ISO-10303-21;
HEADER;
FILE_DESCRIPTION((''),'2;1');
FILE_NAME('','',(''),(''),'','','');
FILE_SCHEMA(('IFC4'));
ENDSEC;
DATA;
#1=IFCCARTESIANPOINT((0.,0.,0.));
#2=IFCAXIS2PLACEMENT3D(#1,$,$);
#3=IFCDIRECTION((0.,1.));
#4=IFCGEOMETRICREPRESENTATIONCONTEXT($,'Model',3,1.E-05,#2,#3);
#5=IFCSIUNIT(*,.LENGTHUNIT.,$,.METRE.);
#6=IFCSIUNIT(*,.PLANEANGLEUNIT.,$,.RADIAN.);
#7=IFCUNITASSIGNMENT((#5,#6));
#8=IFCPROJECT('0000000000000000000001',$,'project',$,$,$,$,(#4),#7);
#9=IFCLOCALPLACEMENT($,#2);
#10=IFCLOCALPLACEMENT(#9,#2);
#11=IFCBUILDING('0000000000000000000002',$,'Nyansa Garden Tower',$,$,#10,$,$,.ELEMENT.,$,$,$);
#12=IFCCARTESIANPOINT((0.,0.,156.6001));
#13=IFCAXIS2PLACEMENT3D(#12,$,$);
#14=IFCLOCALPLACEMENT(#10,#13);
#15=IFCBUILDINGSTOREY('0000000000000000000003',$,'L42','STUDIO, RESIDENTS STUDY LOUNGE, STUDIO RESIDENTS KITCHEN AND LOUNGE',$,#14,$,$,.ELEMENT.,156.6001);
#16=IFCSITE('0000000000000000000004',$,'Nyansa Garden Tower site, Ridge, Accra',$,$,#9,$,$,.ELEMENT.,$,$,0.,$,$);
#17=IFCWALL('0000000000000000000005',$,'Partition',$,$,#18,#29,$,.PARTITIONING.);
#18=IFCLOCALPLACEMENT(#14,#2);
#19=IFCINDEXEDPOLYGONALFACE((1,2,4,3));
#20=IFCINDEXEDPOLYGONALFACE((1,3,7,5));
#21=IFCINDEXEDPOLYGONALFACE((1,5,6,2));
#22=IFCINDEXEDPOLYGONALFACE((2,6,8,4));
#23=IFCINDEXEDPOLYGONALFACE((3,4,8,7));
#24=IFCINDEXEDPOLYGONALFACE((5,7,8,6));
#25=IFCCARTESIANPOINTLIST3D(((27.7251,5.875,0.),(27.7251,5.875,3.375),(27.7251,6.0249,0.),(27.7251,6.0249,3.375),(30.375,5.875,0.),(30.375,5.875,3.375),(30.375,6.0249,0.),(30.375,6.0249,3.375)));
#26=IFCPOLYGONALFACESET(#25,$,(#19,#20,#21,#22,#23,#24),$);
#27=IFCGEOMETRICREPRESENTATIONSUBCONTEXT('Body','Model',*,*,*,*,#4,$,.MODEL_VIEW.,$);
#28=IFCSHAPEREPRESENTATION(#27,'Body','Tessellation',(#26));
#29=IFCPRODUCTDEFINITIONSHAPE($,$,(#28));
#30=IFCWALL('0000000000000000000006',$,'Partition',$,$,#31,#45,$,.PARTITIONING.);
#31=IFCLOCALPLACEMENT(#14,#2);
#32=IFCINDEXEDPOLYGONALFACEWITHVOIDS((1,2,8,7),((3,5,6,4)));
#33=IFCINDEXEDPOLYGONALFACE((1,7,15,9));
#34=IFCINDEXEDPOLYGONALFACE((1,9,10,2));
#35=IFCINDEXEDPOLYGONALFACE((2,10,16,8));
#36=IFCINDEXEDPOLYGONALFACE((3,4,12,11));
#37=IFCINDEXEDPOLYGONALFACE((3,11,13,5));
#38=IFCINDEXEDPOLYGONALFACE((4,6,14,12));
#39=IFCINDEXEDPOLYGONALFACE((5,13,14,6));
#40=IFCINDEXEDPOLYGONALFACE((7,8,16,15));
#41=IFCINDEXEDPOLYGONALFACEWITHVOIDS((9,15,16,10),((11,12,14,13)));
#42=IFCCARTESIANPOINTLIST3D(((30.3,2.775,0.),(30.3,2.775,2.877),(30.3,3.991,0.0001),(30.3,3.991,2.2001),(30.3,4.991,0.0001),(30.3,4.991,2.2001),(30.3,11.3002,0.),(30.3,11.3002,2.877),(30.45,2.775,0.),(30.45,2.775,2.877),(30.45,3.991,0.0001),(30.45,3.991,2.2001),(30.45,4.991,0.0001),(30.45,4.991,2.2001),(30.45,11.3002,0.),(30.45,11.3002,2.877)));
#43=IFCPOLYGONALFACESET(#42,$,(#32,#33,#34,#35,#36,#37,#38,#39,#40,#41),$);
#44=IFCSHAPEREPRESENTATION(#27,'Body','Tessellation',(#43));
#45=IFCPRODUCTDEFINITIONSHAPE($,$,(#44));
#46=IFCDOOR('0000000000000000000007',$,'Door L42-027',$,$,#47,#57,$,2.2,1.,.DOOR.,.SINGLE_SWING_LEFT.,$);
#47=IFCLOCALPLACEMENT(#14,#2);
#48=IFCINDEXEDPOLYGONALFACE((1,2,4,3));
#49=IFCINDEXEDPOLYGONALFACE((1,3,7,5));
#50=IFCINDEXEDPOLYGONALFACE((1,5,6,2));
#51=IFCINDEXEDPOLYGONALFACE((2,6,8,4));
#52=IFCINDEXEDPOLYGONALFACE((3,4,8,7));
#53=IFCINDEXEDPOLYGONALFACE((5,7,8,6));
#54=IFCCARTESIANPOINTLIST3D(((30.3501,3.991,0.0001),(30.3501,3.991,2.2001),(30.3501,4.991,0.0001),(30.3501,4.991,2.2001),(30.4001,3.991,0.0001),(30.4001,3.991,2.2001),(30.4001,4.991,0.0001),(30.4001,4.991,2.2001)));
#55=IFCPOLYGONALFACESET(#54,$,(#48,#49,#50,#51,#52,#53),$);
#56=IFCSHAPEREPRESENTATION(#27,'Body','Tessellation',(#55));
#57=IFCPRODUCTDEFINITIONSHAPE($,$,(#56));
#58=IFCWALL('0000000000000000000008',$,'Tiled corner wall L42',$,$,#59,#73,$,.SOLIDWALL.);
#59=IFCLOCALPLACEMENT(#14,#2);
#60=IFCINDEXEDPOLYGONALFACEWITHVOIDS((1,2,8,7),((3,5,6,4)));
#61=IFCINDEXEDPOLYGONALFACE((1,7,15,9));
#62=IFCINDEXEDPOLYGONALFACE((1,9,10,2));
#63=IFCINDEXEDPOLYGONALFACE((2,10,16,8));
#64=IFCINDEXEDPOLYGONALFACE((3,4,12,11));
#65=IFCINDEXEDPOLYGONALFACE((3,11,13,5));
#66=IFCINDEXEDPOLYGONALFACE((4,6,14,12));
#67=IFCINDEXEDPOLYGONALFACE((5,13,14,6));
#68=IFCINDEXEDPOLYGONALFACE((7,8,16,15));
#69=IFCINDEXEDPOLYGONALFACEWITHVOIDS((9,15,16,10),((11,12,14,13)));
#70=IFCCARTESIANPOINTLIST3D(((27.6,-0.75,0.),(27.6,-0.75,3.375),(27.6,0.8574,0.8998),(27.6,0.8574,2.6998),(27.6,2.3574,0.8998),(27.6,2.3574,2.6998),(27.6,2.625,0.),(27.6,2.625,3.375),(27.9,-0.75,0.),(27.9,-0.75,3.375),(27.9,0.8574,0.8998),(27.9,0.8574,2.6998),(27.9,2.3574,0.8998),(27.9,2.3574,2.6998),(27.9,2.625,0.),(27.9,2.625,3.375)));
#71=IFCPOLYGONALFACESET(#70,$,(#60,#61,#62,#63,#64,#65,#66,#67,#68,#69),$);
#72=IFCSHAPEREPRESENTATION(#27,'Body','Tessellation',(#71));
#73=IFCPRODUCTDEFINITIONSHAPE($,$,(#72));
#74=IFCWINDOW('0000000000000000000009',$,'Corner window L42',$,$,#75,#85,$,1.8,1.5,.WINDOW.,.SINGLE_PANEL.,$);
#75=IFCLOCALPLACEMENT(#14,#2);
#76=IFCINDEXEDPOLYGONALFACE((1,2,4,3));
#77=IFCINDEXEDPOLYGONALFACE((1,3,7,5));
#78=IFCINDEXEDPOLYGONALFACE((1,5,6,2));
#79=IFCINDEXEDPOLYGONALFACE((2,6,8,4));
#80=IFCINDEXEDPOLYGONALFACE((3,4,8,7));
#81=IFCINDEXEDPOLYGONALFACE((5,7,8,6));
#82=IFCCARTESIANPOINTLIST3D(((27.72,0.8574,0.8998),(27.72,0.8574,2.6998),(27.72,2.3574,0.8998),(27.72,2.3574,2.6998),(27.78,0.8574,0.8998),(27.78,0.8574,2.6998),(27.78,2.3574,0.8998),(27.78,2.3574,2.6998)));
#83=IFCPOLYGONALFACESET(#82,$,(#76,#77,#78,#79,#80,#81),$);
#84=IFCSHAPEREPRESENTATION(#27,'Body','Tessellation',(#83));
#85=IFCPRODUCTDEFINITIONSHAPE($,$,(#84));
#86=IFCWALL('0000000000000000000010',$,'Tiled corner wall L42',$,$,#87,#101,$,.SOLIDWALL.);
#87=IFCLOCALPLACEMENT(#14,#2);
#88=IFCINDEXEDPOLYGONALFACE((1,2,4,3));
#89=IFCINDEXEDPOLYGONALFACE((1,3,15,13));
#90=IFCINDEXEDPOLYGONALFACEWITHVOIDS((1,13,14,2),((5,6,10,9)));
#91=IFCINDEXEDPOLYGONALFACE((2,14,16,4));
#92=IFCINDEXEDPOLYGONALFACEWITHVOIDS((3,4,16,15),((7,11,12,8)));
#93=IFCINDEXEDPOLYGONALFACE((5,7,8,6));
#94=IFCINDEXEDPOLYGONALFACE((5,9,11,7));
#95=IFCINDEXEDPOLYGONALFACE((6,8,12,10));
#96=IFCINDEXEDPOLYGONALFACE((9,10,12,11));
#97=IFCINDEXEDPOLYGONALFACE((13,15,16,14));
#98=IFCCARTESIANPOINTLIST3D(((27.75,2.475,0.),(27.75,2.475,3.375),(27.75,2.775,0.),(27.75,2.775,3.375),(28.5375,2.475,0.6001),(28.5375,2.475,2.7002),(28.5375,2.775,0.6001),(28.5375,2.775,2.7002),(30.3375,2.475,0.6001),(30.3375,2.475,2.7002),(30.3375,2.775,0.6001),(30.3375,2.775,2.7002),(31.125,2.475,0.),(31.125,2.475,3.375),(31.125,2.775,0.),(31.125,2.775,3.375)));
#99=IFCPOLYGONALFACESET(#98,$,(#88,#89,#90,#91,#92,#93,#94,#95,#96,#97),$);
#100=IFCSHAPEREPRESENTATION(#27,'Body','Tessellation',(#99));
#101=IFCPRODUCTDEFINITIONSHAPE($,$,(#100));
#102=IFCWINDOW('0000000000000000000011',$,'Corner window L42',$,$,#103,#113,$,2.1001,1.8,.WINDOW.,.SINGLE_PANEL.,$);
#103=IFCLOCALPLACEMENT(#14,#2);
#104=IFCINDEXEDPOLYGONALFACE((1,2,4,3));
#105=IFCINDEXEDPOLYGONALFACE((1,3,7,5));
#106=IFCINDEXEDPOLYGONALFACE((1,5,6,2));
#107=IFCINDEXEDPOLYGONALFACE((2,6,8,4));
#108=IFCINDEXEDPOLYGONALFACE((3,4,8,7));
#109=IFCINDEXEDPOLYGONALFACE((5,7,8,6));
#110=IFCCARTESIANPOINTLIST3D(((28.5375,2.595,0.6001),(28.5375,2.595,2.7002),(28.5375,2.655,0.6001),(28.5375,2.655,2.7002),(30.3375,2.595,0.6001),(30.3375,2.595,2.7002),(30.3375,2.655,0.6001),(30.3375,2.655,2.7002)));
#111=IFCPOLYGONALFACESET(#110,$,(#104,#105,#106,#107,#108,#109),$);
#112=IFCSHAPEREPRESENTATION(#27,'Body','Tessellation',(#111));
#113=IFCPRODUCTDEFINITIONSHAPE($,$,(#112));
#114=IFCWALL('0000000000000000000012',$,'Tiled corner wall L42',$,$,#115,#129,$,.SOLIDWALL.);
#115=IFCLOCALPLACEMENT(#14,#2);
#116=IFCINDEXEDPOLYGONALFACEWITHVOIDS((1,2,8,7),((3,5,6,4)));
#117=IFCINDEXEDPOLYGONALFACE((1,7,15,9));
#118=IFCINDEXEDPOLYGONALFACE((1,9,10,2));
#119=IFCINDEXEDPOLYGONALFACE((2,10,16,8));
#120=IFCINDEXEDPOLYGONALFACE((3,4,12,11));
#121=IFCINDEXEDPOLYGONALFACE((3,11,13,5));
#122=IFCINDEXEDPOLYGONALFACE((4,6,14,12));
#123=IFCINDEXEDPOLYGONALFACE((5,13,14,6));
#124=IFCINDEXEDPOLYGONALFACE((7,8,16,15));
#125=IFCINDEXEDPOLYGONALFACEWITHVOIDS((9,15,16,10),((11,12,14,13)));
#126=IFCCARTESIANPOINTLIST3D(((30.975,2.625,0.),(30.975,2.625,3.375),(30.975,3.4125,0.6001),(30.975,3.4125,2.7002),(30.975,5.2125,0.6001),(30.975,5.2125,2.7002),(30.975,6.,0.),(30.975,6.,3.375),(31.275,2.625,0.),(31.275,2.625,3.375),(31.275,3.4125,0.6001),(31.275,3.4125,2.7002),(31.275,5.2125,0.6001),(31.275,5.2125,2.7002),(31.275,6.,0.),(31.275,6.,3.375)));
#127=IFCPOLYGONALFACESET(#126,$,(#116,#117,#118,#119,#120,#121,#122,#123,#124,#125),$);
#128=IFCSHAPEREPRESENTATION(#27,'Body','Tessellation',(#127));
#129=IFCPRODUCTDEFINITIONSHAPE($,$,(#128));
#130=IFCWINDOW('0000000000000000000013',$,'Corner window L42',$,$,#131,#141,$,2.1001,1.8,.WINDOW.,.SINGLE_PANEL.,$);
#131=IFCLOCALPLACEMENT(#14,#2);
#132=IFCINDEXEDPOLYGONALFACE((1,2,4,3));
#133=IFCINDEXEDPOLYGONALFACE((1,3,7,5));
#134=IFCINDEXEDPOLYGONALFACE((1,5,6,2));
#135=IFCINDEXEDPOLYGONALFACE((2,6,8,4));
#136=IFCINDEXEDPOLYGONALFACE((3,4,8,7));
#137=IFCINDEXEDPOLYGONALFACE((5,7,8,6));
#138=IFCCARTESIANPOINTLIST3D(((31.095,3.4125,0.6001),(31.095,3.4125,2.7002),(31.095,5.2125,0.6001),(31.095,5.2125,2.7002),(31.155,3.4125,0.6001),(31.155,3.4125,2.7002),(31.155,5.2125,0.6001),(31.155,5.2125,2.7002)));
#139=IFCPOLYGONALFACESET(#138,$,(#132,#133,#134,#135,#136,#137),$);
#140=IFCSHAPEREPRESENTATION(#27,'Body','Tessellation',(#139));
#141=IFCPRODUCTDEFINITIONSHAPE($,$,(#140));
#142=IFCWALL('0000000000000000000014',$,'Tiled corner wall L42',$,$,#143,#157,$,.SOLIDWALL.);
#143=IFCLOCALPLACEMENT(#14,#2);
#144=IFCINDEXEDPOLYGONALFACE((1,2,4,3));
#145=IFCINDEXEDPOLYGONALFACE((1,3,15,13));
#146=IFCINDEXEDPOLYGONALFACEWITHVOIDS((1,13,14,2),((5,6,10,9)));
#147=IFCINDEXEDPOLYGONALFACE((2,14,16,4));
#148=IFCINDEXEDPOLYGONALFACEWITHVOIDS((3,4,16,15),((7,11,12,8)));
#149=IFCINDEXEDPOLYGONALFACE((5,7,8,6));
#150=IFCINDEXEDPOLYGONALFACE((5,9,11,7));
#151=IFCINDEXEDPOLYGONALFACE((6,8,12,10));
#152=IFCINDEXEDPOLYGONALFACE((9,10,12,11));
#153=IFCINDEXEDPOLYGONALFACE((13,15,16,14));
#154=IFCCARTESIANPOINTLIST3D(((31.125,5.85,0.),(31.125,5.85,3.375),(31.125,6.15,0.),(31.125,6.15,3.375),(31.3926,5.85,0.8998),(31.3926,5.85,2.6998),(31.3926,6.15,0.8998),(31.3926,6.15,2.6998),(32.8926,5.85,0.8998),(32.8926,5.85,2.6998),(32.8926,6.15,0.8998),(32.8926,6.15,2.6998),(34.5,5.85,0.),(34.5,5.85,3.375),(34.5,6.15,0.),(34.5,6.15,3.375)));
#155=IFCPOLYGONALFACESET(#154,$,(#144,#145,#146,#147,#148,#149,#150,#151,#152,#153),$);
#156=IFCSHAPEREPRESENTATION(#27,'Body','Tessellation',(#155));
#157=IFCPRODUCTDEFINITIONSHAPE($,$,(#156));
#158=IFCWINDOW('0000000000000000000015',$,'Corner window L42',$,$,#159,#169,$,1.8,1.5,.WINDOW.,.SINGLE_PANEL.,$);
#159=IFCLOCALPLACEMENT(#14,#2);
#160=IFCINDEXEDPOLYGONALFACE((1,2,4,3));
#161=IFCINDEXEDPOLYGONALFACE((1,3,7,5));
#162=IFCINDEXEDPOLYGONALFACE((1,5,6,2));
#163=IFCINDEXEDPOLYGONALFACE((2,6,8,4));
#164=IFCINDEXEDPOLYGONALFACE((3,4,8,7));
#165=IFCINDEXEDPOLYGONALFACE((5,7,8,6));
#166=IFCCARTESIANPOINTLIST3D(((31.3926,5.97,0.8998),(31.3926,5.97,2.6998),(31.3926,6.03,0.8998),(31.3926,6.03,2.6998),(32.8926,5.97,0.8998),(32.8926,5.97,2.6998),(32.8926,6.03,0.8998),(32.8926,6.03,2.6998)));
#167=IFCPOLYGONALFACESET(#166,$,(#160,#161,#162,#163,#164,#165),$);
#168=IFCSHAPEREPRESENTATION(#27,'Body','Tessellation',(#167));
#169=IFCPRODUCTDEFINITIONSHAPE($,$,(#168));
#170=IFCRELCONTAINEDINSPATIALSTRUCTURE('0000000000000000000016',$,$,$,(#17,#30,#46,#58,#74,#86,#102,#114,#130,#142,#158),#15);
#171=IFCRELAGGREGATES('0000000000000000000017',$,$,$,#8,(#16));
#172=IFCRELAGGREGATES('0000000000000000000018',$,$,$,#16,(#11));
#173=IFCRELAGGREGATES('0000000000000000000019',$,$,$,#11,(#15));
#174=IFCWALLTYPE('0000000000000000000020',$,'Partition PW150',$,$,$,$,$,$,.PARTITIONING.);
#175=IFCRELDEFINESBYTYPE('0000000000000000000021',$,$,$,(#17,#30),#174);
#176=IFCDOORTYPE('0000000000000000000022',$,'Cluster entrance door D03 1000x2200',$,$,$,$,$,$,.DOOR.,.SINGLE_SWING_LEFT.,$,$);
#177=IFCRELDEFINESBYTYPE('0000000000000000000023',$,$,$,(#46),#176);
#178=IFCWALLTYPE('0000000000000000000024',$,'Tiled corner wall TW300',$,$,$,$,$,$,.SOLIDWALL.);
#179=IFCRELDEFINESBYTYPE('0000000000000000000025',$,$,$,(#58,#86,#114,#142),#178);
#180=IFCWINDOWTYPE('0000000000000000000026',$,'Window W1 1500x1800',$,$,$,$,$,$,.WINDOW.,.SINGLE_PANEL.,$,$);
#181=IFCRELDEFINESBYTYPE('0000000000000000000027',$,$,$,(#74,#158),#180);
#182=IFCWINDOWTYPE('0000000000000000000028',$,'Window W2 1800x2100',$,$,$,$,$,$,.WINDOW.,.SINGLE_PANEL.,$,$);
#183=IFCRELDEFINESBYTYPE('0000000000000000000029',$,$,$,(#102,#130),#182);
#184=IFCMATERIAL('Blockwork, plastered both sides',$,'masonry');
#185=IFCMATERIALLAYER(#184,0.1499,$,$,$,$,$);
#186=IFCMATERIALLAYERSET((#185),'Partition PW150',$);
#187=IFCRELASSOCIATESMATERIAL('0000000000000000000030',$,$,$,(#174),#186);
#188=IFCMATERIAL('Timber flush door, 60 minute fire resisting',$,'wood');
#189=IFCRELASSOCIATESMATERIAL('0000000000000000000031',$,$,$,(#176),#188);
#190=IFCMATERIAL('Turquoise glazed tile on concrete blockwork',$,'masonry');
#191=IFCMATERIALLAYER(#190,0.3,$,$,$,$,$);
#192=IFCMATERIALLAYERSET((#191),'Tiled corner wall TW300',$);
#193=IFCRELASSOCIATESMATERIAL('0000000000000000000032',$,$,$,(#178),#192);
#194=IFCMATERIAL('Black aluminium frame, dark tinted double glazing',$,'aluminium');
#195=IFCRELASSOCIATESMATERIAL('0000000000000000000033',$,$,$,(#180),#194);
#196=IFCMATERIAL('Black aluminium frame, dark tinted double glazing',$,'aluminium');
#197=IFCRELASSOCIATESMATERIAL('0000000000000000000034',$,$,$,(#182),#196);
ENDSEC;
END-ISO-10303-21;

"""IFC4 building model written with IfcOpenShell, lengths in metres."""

from ifc_helpers import new_model, si_unit, direction, frame, frame_2d, origin, place, context, subcontext, project, spatial, rectangle, extrude, material, layer, layer_set, type_object, element, fill, save


model = new_model("IFC4")

# Units and contexts
model_context = context("Model", 3, precision=1e-05, world=origin(), true_north=direction((0.0, 1.0)))
body_context = subcontext(model_context, "Body", "Model", "MODEL_VIEW")
ifc_project = project(units=[si_unit("LENGTHUNIT", "METRE"), si_unit("PLANEANGLEUNIT", "RADIAN")], contexts=[model_context])

# Site, building, storey
site_placement = place(None, origin())
site = spatial("IfcSite", under=ifc_project, at=site_placement, Name="Nyansa Garden Tower site, Ridge, Accra", CompositionType="ELEMENT", RefElevation=0.0)
building_placement = place(site_placement, origin())
building = spatial("IfcBuilding", under=site, at=building_placement, Name="Nyansa Garden Tower", CompositionType="ELEMENT")
storey_placement = place(building_placement, frame((0.0, 0.0, 156.6001)))
storey = spatial("IfcBuildingStorey", under=building, at=storey_placement, Name="L42", Description="STUDIO, RESIDENTS STUDY LOUNGE, STUDIO RESIDENTS KITCHEN AND LOUNGE", CompositionType="ELEMENT", Elevation=156.6001)

# Wall
ifc_material_1 = material(Name="Blockwork, plastered both sides", Category="masonry")
ifc_layer_1 = layer(ifc_material_1, 0.1499)
ifc_layer_set_1 = layer_set([ifc_layer_1], Name="Partition PW150")
wall_type_1 = type_object("IfcWallType", Name="Partition PW150", PredefinedType="PARTITIONING", material=ifc_layer_set_1)
wall_1_placement = place(storey_placement, frame((27.7251, 5.95, 0.0), z_axis=(0.0, 0.0, 1.0), x_axis=(1.0, 0.0, 0.0)))
element("IfcWall", 1, at=wall_1_placement, inside=storey, type_object=wall_type_1, Name="Partition", PredefinedType="PARTITIONING", context=body_context, shape_type="SweptSolid", body=[
    extrude(rectangle(XDim=2.6499, YDim=0.1499, at=frame_2d((1.325, 0.0))), origin(), (0.0, 0.0, 1.0), 3.375),
])

# Wall, opening, door
wall_2_placement = place(storey_placement, frame((30.375, 2.7749, 0.0), z_axis=(0.0, 0.0, 1.0), x_axis=(0.0, 1.0, 0.0)))
wall_2 = element("IfcWall", 2, at=wall_2_placement, inside=storey, type_object=wall_type_1, Name="Partition", PredefinedType="PARTITIONING", context=body_context, shape_type="SweptSolid", body=[
    extrude(rectangle(XDim=8.5251, YDim=0.1499, at=frame_2d((4.2627, 0.0))), origin(), (0.0, 0.0, 1.0), 2.877),
])
opening_1_placement = place(wall_2_placement, frame((1.2161, 0.0, 0.0)))
opening_1 = element("IfcOpeningElement", 3, at=opening_1_placement, cuts=wall_2, PredefinedType="OPENING", context=body_context, shape_type="SweptSolid", body=[
    extrude(rectangle(XDim=1.0, YDim=2.2, at=frame_2d((0.5, 1.1001))), frame((0.0, 0.085, 0.0), z_axis=(0.0, -1.0, 0.0), x_axis=(1.0, 0.0, 0.0)), (0.0, 0.0, 1.0), 0.1699),
])
ifc_material_2 = material(Name="Timber flush door, 60 minute fire resisting", Category="wood")
door_type = type_object("IfcDoorType", Name="Cluster entrance door D03 1000x2200", OperationType="SINGLE_SWING_LEFT", PredefinedType="DOOR", material=ifc_material_2)
door_placement = place(opening_1_placement, origin())
door = element("IfcDoor", 4, at=door_placement, inside=storey, type_object=door_type, Name="Door L42-027", OperationType="SINGLE_SWING_LEFT", OverallHeight=2.2, OverallWidth=1.0, PredefinedType="DOOR", context=body_context, shape_type="SweptSolid", body=[
    extrude(rectangle(XDim=1.0, YDim=2.2, at=frame_2d((0.5, 1.1001))), frame((0.0, 0.0249, 0.0), z_axis=(0.0, -1.0, 0.0), x_axis=(1.0, 0.0, 0.0)), (0.0, 0.0, 1.0), 0.05),
])
fill(opening_1, door)

# Walls, openings, windows
ifc_material_3 = material(Name="Turquoise glazed tile on concrete blockwork", Category="masonry")
ifc_layer_2 = layer(ifc_material_3, 0.3)
ifc_layer_set_2 = layer_set([ifc_layer_2], Name="Tiled corner wall TW300")
wall_type_2 = type_object("IfcWallType", Name="Tiled corner wall TW300", PredefinedType="SOLIDWALL", material=ifc_layer_set_2)
wall_3_placement = place(storey_placement, frame((27.75, -0.75, 0.0), z_axis=(0.0, 0.0, 1.0), x_axis=(0.0, 1.0, 0.0)))
wall_3 = element("IfcWall", 5, at=wall_3_placement, inside=storey, type_object=wall_type_2, Name="Tiled corner wall L42", PredefinedType="SOLIDWALL", context=body_context, shape_type="SweptSolid", body=[
    extrude(rectangle(XDim=3.375, YDim=0.3, at=frame_2d((1.6875, 0.0))), origin(), (0.0, 0.0, 1.0), 3.375),
])
opening_2_placement = place(wall_3_placement, frame((1.6074, 0.0, 0.8999)))
opening_2 = element("IfcOpeningElement", 6, at=opening_2_placement, cuts=wall_3, PredefinedType="OPENING", context=body_context, shape_type="SweptSolid", body=[
    extrude(rectangle(XDim=1.5, YDim=1.8, at=frame_2d((0.75, 0.8999))), frame((0.0, 0.1599, 0.0), z_axis=(0.0, -1.0, 0.0), x_axis=(1.0, 0.0, 0.0)), (0.0, 0.0, 1.0), 0.3201),
])
ifc_material_4 = material(Name="Black aluminium frame, dark tinted double glazing", Category="aluminium")
window_type_1 = type_object("IfcWindowType", Name="Window W1 1500x1800", PartitioningType="SINGLE_PANEL", PredefinedType="WINDOW", material=ifc_material_4)
window_1_placement = place(opening_2_placement, origin())
window_1 = element("IfcWindow", 7, at=window_1_placement, inside=storey, type_object=window_type_1, Name="Corner window L42", OverallHeight=1.8, OverallWidth=1.5, PartitioningType="SINGLE_PANEL", PredefinedType="WINDOW", context=body_context, shape_type="SweptSolid", body=[
    extrude(rectangle(XDim=1.5, YDim=1.8, at=frame_2d((0.75, 0.8999))), frame((0.0, 0.03, 0.0), z_axis=(0.0, -1.0, 0.0), x_axis=(1.0, 0.0, 0.0)), (0.0, 0.0, 1.0), 0.0601),
])
fill(opening_2, window_1)
wall_4_placement = place(storey_placement, frame((27.75, 2.625, 0.0), z_axis=(0.0, 0.0, 1.0), x_axis=(1.0, 0.0, 0.0)))
wall_4 = element("IfcWall", 8, at=wall_4_placement, inside=storey, type_object=wall_type_2, Name="Tiled corner wall L42", PredefinedType="SOLIDWALL", context=body_context, shape_type="SweptSolid", body=[
    extrude(rectangle(XDim=3.375, YDim=0.3, at=frame_2d((1.6875, 0.0))), origin(), (0.0, 0.0, 1.0), 3.375),
])
opening_3_placement = place(wall_4_placement, frame((0.7876, 0.0, 0.6001)))
opening_3 = element("IfcOpeningElement", 9, at=opening_3_placement, cuts=wall_4, PredefinedType="OPENING", context=body_context, shape_type="SweptSolid", body=[
    extrude(rectangle(XDim=1.8, YDim=2.1001, at=frame_2d((0.8999, 1.05))), frame((0.0, 0.1599, 0.0), z_axis=(0.0, -1.0, 0.0), x_axis=(1.0, 0.0, 0.0)), (0.0, 0.0, 1.0), 0.3201),
])
ifc_material_5 = material(Name="Black aluminium frame, dark tinted double glazing", Category="aluminium")
window_type_2 = type_object("IfcWindowType", Name="Window W2 1800x2100", PartitioningType="SINGLE_PANEL", PredefinedType="WINDOW", material=ifc_material_5)
window_2_placement = place(opening_3_placement, origin())
window_2 = element("IfcWindow", 10, at=window_2_placement, inside=storey, type_object=window_type_2, Name="Corner window L42", OverallHeight=2.1001, OverallWidth=1.8, PartitioningType="SINGLE_PANEL", PredefinedType="WINDOW", context=body_context, shape_type="SweptSolid", body=[
    extrude(rectangle(XDim=1.8, YDim=2.1001, at=frame_2d((0.8999, 1.05))), frame((0.0, 0.03, 0.0), z_axis=(0.0, -1.0, 0.0), x_axis=(1.0, 0.0, 0.0)), (0.0, 0.0, 1.0), 0.0601),
])
fill(opening_3, window_2)
wall_5_placement = place(storey_placement, frame((31.125, 2.625, 0.0), z_axis=(0.0, 0.0, 1.0), x_axis=(0.0, 1.0, 0.0)))
wall_5 = element("IfcWall", 11, at=wall_5_placement, inside=storey, type_object=wall_type_2, Name="Tiled corner wall L42", PredefinedType="SOLIDWALL", context=body_context, shape_type="SweptSolid", body=[
    extrude(rectangle(XDim=3.375, YDim=0.3, at=frame_2d((1.6875, 0.0))), origin(), (0.0, 0.0, 1.0), 3.375),
])
opening_4_placement = place(wall_5_placement, frame((0.7876, 0.0, 0.6001)))
opening_4 = element("IfcOpeningElement", 12, at=opening_4_placement, cuts=wall_5, PredefinedType="OPENING", context=body_context, shape_type="SweptSolid", body=[
    extrude(rectangle(XDim=1.8, YDim=2.1001, at=frame_2d((0.8999, 1.05))), frame((0.0, 0.1599, 0.0), z_axis=(0.0, -1.0, 0.0), x_axis=(1.0, 0.0, 0.0)), (0.0, 0.0, 1.0), 0.3201),
])
window_3_placement = place(opening_4_placement, origin())
window_3 = element("IfcWindow", 13, at=window_3_placement, inside=storey, type_object=window_type_2, Name="Corner window L42", OverallHeight=2.1001, OverallWidth=1.8, PartitioningType="SINGLE_PANEL", PredefinedType="WINDOW", context=body_context, shape_type="SweptSolid", body=[
    extrude(rectangle(XDim=1.8, YDim=2.1001, at=frame_2d((0.8999, 1.05))), frame((0.0, 0.03, 0.0), z_axis=(0.0, -1.0, 0.0), x_axis=(1.0, 0.0, 0.0)), (0.0, 0.0, 1.0), 0.0601),
])
fill(opening_4, window_3)
wall_6_placement = place(storey_placement, frame((31.125, 6.0, 0.0), z_axis=(0.0, 0.0, 1.0), x_axis=(1.0, 0.0, 0.0)))
wall_6 = element("IfcWall", 14, at=wall_6_placement, inside=storey, type_object=wall_type_2, Name="Tiled corner wall L42", PredefinedType="SOLIDWALL", context=body_context, shape_type="SweptSolid", body=[
    extrude(rectangle(XDim=3.375, YDim=0.3, at=frame_2d((1.6875, 0.0))), origin(), (0.0, 0.0, 1.0), 3.375),
])
opening_5_placement = place(wall_6_placement, frame((0.2676, 0.0, 0.8999)))
opening_5 = element("IfcOpeningElement", 15, at=opening_5_placement, cuts=wall_6, PredefinedType="OPENING", context=body_context, shape_type="SweptSolid", body=[
    extrude(rectangle(XDim=1.5, YDim=1.8, at=frame_2d((0.75, 0.8999))), frame((0.0, 0.1599, 0.0), z_axis=(0.0, -1.0, 0.0), x_axis=(1.0, 0.0, 0.0)), (0.0, 0.0, 1.0), 0.3201),
])
window_4_placement = place(opening_5_placement, origin())
window_4 = element("IfcWindow", 16, at=window_4_placement, inside=storey, type_object=window_type_1, Name="Corner window L42", OverallHeight=1.8, OverallWidth=1.5, PartitioningType="SINGLE_PANEL", PredefinedType="WINDOW", context=body_context, shape_type="SweptSolid", body=[
    extrude(rectangle(XDim=1.5, YDim=1.8, at=frame_2d((0.75, 0.8999))), frame((0.0, 0.03, 0.0), z_axis=(0.0, -1.0, 0.0), x_axis=(1.0, 0.0, 0.0)), (0.0, 0.0, 1.0), 0.0601),
])
fill(opening_5, window_4)

save(model, "model.ifc")
